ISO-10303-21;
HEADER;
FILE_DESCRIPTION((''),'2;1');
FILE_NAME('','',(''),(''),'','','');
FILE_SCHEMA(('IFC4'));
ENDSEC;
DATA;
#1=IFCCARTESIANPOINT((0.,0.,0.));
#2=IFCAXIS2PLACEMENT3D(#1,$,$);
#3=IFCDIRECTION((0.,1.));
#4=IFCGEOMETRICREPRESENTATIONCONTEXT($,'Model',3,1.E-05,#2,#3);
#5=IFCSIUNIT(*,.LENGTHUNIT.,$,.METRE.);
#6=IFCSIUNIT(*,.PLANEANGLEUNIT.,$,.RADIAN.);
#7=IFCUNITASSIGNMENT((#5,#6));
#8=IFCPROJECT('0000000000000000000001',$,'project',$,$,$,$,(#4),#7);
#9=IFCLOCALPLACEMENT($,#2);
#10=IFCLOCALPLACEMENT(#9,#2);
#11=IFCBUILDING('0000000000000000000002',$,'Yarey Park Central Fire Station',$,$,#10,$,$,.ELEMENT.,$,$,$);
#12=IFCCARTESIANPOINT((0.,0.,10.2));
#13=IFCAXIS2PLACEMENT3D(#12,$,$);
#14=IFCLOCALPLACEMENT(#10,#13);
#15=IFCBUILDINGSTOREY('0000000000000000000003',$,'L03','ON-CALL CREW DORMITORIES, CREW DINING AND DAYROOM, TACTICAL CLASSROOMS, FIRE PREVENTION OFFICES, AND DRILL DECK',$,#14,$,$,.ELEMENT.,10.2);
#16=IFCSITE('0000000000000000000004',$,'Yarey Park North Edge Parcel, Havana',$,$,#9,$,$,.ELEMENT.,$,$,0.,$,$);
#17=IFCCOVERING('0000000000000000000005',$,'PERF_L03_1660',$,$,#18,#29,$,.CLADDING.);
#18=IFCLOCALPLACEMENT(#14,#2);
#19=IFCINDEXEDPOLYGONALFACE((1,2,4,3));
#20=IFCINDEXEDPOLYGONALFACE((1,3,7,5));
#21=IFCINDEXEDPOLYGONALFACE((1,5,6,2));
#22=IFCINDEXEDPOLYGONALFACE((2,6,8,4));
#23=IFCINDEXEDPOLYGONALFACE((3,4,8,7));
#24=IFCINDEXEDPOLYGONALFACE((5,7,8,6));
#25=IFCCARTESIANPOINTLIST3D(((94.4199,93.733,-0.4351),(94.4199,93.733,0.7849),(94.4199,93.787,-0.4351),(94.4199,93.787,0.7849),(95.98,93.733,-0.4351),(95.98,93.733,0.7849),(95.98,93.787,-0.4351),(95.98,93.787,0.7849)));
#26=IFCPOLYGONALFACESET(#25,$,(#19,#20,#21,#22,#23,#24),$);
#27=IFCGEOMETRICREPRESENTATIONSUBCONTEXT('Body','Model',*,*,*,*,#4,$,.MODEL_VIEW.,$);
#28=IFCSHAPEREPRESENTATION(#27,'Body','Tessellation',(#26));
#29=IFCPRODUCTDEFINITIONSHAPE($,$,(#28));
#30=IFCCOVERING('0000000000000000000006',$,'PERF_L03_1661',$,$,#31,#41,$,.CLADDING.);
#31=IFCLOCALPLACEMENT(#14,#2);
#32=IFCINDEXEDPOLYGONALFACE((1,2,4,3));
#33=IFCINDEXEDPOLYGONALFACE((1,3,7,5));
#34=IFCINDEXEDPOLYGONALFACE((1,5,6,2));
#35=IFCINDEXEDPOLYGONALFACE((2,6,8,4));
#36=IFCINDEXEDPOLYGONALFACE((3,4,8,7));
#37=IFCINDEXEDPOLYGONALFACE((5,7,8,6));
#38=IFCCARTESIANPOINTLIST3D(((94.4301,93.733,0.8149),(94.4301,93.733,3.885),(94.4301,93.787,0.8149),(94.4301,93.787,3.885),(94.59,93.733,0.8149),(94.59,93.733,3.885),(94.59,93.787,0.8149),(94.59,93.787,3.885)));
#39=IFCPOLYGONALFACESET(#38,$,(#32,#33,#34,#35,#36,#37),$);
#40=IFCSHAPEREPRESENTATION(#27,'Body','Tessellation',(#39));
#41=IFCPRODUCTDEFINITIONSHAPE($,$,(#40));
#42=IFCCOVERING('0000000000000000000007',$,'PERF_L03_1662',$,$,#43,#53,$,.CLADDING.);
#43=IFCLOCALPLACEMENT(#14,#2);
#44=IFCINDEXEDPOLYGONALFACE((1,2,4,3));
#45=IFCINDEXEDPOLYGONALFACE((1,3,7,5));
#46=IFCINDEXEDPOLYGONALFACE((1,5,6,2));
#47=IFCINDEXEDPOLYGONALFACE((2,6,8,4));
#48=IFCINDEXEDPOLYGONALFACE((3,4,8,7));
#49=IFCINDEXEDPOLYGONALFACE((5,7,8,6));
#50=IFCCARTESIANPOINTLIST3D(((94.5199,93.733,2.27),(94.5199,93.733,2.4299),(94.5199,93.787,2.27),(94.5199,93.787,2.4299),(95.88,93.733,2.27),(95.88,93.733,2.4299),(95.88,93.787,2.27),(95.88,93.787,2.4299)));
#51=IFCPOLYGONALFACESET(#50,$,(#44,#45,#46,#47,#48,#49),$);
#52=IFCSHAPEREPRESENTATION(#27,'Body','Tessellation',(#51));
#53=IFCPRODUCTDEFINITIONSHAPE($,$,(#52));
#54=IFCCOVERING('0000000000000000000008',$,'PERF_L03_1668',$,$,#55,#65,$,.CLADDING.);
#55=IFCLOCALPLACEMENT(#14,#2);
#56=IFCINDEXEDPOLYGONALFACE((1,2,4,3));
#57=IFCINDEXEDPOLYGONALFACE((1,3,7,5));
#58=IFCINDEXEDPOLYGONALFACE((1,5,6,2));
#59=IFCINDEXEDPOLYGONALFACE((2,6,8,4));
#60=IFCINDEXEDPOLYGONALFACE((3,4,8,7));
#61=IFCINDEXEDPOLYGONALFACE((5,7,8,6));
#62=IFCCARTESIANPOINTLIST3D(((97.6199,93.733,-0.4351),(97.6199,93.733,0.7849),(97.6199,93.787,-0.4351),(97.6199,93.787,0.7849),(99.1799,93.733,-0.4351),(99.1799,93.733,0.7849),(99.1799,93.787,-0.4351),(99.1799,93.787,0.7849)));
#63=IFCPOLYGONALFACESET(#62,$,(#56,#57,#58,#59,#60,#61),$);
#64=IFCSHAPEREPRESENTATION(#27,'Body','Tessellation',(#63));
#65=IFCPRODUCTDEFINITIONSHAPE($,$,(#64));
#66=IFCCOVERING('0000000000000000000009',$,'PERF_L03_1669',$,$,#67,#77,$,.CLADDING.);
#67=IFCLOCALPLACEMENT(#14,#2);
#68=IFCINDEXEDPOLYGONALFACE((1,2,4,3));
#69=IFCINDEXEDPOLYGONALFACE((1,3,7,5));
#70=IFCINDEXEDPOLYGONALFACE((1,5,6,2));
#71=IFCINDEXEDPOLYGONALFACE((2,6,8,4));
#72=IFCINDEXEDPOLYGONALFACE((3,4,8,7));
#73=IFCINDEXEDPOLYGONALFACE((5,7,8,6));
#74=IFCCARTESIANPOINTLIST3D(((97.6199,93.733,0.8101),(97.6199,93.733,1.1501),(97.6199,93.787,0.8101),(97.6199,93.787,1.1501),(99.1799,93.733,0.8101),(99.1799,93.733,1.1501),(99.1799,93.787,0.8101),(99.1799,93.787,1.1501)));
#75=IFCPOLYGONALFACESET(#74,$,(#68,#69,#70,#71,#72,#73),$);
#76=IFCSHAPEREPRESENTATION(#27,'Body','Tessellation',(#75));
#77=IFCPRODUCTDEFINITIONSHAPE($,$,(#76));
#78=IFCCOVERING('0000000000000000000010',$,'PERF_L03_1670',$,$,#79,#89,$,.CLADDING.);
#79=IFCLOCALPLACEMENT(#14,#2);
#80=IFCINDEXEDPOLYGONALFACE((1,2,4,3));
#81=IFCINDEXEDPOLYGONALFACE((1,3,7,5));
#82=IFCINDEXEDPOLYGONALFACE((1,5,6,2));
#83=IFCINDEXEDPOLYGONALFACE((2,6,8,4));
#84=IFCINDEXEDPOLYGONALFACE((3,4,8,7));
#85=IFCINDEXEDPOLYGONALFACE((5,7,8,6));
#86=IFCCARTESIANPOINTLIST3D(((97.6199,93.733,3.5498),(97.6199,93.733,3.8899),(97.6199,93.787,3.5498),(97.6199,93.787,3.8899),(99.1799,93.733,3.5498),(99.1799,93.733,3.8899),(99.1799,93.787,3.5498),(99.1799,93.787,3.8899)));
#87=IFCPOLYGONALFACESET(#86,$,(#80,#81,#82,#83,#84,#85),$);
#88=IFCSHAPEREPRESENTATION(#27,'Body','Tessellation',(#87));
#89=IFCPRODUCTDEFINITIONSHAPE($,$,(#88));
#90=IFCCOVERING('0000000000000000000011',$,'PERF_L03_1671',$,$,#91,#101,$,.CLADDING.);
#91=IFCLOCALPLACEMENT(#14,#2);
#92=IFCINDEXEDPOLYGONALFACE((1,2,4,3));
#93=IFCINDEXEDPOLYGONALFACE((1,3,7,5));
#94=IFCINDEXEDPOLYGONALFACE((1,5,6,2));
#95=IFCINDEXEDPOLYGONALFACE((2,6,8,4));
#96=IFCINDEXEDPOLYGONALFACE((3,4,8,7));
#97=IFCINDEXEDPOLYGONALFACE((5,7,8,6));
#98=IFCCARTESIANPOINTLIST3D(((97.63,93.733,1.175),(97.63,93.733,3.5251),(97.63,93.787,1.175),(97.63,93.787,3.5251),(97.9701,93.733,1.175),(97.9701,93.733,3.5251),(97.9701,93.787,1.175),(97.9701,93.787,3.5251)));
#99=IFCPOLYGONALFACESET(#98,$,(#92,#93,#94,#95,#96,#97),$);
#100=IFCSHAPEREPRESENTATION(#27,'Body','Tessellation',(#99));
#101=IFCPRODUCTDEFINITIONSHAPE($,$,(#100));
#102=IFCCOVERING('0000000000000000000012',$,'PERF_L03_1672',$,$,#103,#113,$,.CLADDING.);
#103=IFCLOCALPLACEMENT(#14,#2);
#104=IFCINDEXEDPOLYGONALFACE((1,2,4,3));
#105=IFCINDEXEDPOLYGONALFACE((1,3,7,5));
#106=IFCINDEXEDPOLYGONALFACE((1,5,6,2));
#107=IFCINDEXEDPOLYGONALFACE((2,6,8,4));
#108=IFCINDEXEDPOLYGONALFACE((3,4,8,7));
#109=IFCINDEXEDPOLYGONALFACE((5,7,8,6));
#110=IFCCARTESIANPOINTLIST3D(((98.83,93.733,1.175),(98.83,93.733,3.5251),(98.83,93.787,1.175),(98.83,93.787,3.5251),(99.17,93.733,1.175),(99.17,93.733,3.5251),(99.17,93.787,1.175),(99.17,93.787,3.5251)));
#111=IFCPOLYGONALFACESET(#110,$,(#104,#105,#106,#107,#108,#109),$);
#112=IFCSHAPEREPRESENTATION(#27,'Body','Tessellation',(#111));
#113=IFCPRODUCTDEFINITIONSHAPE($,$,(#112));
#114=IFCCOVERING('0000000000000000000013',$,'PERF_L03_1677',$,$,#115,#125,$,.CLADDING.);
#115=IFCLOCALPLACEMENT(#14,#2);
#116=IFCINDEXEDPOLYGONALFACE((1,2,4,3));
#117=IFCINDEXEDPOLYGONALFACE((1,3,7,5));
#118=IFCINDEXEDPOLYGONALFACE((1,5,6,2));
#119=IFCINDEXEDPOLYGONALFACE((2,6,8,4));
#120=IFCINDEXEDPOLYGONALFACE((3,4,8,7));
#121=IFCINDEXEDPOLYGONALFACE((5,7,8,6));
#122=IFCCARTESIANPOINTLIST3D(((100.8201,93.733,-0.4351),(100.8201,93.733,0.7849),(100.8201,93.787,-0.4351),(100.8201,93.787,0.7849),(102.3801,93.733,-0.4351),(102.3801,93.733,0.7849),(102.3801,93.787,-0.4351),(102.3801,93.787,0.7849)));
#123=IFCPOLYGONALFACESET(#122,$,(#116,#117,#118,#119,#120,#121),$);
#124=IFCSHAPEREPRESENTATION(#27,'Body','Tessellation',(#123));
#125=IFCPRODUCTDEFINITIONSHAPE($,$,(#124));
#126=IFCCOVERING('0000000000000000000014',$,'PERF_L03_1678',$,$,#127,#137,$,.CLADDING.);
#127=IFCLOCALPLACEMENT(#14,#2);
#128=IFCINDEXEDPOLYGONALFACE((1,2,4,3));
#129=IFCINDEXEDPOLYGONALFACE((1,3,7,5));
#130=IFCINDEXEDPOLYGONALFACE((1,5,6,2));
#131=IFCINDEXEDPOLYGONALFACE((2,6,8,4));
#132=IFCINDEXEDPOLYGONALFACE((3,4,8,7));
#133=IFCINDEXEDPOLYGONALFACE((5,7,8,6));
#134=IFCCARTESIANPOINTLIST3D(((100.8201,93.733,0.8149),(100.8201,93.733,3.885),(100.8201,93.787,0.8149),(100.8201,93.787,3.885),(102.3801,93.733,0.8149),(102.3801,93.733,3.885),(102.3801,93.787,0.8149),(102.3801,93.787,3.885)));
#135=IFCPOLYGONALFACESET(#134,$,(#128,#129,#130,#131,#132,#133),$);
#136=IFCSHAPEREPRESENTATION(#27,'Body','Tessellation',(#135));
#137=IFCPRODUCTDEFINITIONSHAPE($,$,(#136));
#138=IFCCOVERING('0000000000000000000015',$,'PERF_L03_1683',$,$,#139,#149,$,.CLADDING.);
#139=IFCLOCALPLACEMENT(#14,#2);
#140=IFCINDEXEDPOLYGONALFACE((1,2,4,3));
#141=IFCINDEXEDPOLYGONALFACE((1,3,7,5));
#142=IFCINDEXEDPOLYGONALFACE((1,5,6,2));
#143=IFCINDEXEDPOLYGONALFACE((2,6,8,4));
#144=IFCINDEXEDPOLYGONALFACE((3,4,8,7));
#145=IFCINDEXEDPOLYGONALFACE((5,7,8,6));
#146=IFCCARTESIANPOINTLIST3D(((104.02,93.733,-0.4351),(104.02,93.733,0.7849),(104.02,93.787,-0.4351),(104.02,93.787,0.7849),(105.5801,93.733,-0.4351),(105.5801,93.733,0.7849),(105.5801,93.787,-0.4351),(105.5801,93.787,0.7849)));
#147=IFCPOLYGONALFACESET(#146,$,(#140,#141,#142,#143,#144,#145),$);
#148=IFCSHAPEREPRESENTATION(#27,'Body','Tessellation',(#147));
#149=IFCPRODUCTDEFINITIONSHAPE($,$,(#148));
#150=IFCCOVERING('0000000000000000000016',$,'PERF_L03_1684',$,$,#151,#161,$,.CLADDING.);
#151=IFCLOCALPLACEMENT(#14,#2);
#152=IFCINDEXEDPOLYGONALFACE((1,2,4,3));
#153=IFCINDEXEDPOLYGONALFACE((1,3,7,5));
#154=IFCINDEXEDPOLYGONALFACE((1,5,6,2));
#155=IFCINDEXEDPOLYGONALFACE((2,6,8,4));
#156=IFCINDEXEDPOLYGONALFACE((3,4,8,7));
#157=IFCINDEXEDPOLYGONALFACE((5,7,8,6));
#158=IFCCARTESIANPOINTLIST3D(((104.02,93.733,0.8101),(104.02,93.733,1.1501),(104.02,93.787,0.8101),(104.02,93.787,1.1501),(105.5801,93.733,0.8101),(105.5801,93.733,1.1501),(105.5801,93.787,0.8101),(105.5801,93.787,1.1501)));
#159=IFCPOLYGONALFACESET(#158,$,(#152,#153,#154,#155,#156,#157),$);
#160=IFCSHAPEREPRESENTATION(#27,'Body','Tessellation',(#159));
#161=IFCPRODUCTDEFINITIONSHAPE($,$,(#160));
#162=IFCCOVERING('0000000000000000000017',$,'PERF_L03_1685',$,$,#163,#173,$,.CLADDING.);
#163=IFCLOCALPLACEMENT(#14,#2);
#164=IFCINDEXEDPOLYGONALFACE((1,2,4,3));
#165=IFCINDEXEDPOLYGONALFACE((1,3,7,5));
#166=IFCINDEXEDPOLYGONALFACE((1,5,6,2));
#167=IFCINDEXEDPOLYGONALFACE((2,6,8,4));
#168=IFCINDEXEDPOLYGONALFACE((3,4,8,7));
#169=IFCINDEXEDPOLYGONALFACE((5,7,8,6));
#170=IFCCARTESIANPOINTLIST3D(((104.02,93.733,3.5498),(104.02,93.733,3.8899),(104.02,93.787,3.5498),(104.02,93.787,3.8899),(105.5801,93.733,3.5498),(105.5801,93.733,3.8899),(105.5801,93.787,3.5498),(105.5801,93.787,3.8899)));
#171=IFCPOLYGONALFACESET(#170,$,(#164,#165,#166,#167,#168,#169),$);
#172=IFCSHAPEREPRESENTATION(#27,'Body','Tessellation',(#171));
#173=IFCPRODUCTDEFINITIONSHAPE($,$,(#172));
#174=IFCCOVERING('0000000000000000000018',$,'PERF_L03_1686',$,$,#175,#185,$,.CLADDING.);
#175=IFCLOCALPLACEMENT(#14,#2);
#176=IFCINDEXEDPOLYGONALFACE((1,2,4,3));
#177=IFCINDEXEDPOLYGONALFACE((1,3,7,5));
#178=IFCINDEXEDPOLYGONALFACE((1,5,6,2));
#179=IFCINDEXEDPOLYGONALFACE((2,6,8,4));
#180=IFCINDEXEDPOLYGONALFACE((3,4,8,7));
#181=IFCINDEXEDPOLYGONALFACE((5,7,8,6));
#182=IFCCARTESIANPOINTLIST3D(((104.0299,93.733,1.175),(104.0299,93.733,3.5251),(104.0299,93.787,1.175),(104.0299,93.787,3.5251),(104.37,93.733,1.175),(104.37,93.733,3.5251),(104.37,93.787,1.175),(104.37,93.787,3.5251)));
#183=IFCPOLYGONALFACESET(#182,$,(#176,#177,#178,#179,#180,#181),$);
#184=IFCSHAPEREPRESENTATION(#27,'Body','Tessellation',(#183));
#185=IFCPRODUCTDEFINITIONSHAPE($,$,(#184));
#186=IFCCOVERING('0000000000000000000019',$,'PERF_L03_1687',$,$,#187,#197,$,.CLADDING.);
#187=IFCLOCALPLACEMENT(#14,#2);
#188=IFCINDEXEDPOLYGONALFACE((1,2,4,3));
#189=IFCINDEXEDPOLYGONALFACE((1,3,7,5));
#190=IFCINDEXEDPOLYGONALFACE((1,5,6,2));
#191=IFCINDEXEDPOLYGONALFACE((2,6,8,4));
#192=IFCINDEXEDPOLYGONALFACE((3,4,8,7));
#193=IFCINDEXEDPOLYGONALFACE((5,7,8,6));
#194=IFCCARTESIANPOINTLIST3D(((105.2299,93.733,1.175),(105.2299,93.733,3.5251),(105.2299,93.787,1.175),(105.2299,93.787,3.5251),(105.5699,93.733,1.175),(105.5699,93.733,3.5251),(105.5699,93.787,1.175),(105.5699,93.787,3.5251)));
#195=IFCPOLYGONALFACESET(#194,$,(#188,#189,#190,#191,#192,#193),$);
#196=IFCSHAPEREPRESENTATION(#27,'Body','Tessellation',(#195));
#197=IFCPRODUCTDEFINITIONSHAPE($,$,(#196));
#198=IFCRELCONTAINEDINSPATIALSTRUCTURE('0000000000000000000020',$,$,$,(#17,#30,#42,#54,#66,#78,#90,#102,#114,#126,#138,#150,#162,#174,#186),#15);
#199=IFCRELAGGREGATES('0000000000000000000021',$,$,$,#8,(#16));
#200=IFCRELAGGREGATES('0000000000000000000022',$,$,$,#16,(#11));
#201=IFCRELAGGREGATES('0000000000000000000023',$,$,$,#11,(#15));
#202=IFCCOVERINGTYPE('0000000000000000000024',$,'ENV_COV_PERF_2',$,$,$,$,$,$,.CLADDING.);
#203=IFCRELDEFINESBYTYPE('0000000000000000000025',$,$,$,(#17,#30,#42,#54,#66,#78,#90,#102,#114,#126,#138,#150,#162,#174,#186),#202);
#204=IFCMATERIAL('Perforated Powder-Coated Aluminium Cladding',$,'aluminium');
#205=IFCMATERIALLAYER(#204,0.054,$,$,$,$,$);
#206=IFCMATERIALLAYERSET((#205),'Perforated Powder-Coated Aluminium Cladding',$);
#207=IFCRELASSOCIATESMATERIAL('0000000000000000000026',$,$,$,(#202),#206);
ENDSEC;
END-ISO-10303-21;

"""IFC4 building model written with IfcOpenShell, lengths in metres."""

from ifc_helpers import new_model, si_unit, direction, frame, origin, origin_2d, place, context, subcontext, project, spatial, rectangle, extrude, material, layer, layer_set, type_object, element, save


model = new_model("IFC4")

# Units and contexts
model_context = context("Model", 3, precision=1e-05, world=origin(), true_north=direction((0.0, 1.0)))
body_context = subcontext(model_context, "Body", "Model", "MODEL_VIEW")
ifc_project = project(units=[si_unit("LENGTHUNIT", "METRE"), si_unit("PLANEANGLEUNIT", "RADIAN")], contexts=[model_context])

# Site, building, storey
site_placement = place(None, origin())
site = spatial("IfcSite", under=ifc_project, at=site_placement, Name="Yarey Park North Edge Parcel, Havana", CompositionType="ELEMENT", RefElevation=0.0)
building_placement = place(site_placement, origin())
building = spatial("IfcBuilding", under=site, at=building_placement, Name="Yarey Park Central Fire Station", CompositionType="ELEMENT")
storey_placement = place(building_placement, frame((0.0, 0.0, 10.2)))
storey = spatial("IfcBuildingStorey", under=building, at=storey_placement, Name="L03", Description="ON-CALL CREW DORMITORIES, CREW DINING AND DAYROOM, TACTICAL CLASSROOMS, FIRE PREVENTION OFFICES, AND DRILL DECK", CompositionType="ELEMENT", Elevation=10.2)

# Coverings
ifc_material = material(Name="Perforated Powder-Coated Aluminium Cladding", Category="aluminium")
ifc_layer_1 = layer(ifc_material, 0.054)
ifc_layer_set_1 = layer_set([ifc_layer_1], Name="Perforated Powder-Coated Aluminium Cladding")
covering_type_1 = type_object("IfcCoveringType", Name="ENV_COV_PERF_2", PredefinedType="CLADDING", material=ifc_layer_set_1)
covering_1_placement = place(storey_placement, frame((95.2, 93.76, -0.4351), z_axis=(0.0, 0.0, 1.0), x_axis=(1.0, 0.0, 0.0)))
element("IfcCovering", 1, at=covering_1_placement, inside=storey, type_object=covering_type_1, Name="PERF_L03_1660", PredefinedType="CLADDING", context=body_context, shape_type="SweptSolid", body=[
    extrude(rectangle(XDim=1.5601, YDim=0.054, at=origin_2d()), origin(), (0.0, 0.0, 1.0), 1.22),
])
covering_2_placement = place(storey_placement, frame((94.51, 93.76, 0.8149), z_axis=(0.0, 0.0, 1.0), x_axis=(1.0, 0.0, 0.0)))
element("IfcCovering", 2, at=covering_2_placement, inside=storey, type_object=covering_type_1, Name="PERF_L03_1661", PredefinedType="CLADDING", context=body_context, shape_type="SweptSolid", body=[
    extrude(rectangle(XDim=0.1599, YDim=0.054, at=origin_2d()), origin(), (0.0, 0.0, 1.0), 3.0701),
])
covering_3_placement = place(storey_placement, frame((95.2, 93.76, 2.27), z_axis=(0.0, 0.0, 1.0), x_axis=(1.0, 0.0, 0.0)))
element("IfcCovering", 3, at=covering_3_placement, inside=storey, type_object=covering_type_1, Name="PERF_L03_1662", PredefinedType="CLADDING", context=body_context, shape_type="SweptSolid", body=[
    extrude(rectangle(XDim=1.3601, YDim=0.054, at=origin_2d()), origin(), (0.0, 0.0, 1.0), 0.1599),
])
covering_4_placement = place(storey_placement, frame((98.3999, 93.76, -0.4351), z_axis=(0.0, 0.0, 1.0), x_axis=(1.0, 0.0, 0.0)))
element("IfcCovering", 4, at=covering_4_placement, inside=storey, type_object=covering_type_1, Name="PERF_L03_1668", PredefinedType="CLADDING", context=body_context, shape_type="SweptSolid", body=[
    extrude(rectangle(XDim=1.5601, YDim=0.054, at=origin_2d()), origin(), (0.0, 0.0, 1.0), 1.22),
])
for number, where, z_axis, x_axis, name in (
    (5, (98.3999, 93.76, 0.8101), (0.0, 0.0, 1.0), (1.0, 0.0, 0.0), "PERF_L03_1669"),
    (6, (98.3999, 93.76, 3.5498), (0.0, 0.0, 1.0), (1.0, 0.0, 0.0), "PERF_L03_1670"),
):
    element("IfcCovering", number, at=place(storey_placement, frame(where, z_axis=z_axis, x_axis=x_axis)), inside=storey, type_object=covering_type_1, Name=name, PredefinedType="CLADDING", context=body_context, shape_type="SweptSolid", body=[
        extrude(rectangle(XDim=1.5601, YDim=0.054, at=origin_2d()), origin(), (0.0, 0.0, 1.0), 0.3401),
    ])
for number, where, z_axis, x_axis, name in (
    (7, (97.8, 93.76, 1.175), (0.0, 0.0, 1.0), (1.0, 0.0, 0.0), "PERF_L03_1671"),
    (8, (99.0, 93.76, 1.175), (0.0, 0.0, 1.0), (1.0, 0.0, 0.0), "PERF_L03_1672"),
):
    element("IfcCovering", number, at=place(storey_placement, frame(where, z_axis=z_axis, x_axis=x_axis)), inside=storey, type_object=covering_type_1, Name=name, PredefinedType="CLADDING", context=body_context, shape_type="SweptSolid", body=[
        extrude(rectangle(XDim=0.3401, YDim=0.054, at=origin_2d()), origin(), (0.0, 0.0, 1.0), 2.3501),
    ])
covering_5_placement = place(storey_placement, frame((101.6001, 93.76, -0.4351), z_axis=(0.0, 0.0, 1.0), x_axis=(1.0, 0.0, 0.0)))
element("IfcCovering", 9, at=covering_5_placement, inside=storey, type_object=covering_type_1, Name="PERF_L03_1677", PredefinedType="CLADDING", context=body_context, shape_type="SweptSolid", body=[
    extrude(rectangle(XDim=1.5601, YDim=0.054, at=origin_2d()), origin(), (0.0, 0.0, 1.0), 1.22),
])
covering_6_placement = place(storey_placement, frame((101.6001, 93.76, 0.8149), z_axis=(0.0, 0.0, 1.0), x_axis=(1.0, 0.0, 0.0)))
element("IfcCovering", 10, at=covering_6_placement, inside=storey, type_object=covering_type_1, Name="PERF_L03_1678", PredefinedType="CLADDING", context=body_context, shape_type="SweptSolid", body=[
    extrude(rectangle(XDim=1.5601, YDim=0.054, at=origin_2d()), origin(), (0.0, 0.0, 1.0), 3.0701),
])
covering_7_placement = place(storey_placement, frame((104.8, 93.76, -0.4351), z_axis=(0.0, 0.0, 1.0), x_axis=(1.0, 0.0, 0.0)))
element("IfcCovering", 11, at=covering_7_placement, inside=storey, type_object=covering_type_1, Name="PERF_L03_1683", PredefinedType="CLADDING", context=body_context, shape_type="SweptSolid", body=[
    extrude(rectangle(XDim=1.5601, YDim=0.054, at=origin_2d()), origin(), (0.0, 0.0, 1.0), 1.22),
])
for number, where, z_axis, x_axis, name in (
    (12, (104.8, 93.76, 0.8101), (0.0, 0.0, 1.0), (1.0, 0.0, 0.0), "PERF_L03_1684"),
    (13, (104.8, 93.76, 3.5498), (0.0, 0.0, 1.0), (1.0, 0.0, 0.0), "PERF_L03_1685"),
):
    element("IfcCovering", number, at=place(storey_placement, frame(where, z_axis=z_axis, x_axis=x_axis)), inside=storey, type_object=covering_type_1, Name=name, PredefinedType="CLADDING", context=body_context, shape_type="SweptSolid", body=[
        extrude(rectangle(XDim=1.5601, YDim=0.054, at=origin_2d()), origin(), (0.0, 0.0, 1.0), 0.3401),
    ])
for number, where, z_axis, x_axis, name in (
    (14, (104.2, 93.76, 1.175), (0.0, 0.0, 1.0), (1.0, 0.0, 0.0), "PERF_L03_1686"),
    (15, (105.3999, 93.76, 1.175), (0.0, 0.0, 1.0), (1.0, 0.0, 0.0), "PERF_L03_1687"),
):
    element("IfcCovering", number, at=place(storey_placement, frame(where, z_axis=z_axis, x_axis=x_axis)), inside=storey, type_object=covering_type_1, Name=name, PredefinedType="CLADDING", context=body_context, shape_type="SweptSolid", body=[
        extrude(rectangle(XDim=0.3401, YDim=0.054, at=origin_2d()), origin(), (0.0, 0.0, 1.0), 2.3501),
    ])

save(model, "model.ifc")
